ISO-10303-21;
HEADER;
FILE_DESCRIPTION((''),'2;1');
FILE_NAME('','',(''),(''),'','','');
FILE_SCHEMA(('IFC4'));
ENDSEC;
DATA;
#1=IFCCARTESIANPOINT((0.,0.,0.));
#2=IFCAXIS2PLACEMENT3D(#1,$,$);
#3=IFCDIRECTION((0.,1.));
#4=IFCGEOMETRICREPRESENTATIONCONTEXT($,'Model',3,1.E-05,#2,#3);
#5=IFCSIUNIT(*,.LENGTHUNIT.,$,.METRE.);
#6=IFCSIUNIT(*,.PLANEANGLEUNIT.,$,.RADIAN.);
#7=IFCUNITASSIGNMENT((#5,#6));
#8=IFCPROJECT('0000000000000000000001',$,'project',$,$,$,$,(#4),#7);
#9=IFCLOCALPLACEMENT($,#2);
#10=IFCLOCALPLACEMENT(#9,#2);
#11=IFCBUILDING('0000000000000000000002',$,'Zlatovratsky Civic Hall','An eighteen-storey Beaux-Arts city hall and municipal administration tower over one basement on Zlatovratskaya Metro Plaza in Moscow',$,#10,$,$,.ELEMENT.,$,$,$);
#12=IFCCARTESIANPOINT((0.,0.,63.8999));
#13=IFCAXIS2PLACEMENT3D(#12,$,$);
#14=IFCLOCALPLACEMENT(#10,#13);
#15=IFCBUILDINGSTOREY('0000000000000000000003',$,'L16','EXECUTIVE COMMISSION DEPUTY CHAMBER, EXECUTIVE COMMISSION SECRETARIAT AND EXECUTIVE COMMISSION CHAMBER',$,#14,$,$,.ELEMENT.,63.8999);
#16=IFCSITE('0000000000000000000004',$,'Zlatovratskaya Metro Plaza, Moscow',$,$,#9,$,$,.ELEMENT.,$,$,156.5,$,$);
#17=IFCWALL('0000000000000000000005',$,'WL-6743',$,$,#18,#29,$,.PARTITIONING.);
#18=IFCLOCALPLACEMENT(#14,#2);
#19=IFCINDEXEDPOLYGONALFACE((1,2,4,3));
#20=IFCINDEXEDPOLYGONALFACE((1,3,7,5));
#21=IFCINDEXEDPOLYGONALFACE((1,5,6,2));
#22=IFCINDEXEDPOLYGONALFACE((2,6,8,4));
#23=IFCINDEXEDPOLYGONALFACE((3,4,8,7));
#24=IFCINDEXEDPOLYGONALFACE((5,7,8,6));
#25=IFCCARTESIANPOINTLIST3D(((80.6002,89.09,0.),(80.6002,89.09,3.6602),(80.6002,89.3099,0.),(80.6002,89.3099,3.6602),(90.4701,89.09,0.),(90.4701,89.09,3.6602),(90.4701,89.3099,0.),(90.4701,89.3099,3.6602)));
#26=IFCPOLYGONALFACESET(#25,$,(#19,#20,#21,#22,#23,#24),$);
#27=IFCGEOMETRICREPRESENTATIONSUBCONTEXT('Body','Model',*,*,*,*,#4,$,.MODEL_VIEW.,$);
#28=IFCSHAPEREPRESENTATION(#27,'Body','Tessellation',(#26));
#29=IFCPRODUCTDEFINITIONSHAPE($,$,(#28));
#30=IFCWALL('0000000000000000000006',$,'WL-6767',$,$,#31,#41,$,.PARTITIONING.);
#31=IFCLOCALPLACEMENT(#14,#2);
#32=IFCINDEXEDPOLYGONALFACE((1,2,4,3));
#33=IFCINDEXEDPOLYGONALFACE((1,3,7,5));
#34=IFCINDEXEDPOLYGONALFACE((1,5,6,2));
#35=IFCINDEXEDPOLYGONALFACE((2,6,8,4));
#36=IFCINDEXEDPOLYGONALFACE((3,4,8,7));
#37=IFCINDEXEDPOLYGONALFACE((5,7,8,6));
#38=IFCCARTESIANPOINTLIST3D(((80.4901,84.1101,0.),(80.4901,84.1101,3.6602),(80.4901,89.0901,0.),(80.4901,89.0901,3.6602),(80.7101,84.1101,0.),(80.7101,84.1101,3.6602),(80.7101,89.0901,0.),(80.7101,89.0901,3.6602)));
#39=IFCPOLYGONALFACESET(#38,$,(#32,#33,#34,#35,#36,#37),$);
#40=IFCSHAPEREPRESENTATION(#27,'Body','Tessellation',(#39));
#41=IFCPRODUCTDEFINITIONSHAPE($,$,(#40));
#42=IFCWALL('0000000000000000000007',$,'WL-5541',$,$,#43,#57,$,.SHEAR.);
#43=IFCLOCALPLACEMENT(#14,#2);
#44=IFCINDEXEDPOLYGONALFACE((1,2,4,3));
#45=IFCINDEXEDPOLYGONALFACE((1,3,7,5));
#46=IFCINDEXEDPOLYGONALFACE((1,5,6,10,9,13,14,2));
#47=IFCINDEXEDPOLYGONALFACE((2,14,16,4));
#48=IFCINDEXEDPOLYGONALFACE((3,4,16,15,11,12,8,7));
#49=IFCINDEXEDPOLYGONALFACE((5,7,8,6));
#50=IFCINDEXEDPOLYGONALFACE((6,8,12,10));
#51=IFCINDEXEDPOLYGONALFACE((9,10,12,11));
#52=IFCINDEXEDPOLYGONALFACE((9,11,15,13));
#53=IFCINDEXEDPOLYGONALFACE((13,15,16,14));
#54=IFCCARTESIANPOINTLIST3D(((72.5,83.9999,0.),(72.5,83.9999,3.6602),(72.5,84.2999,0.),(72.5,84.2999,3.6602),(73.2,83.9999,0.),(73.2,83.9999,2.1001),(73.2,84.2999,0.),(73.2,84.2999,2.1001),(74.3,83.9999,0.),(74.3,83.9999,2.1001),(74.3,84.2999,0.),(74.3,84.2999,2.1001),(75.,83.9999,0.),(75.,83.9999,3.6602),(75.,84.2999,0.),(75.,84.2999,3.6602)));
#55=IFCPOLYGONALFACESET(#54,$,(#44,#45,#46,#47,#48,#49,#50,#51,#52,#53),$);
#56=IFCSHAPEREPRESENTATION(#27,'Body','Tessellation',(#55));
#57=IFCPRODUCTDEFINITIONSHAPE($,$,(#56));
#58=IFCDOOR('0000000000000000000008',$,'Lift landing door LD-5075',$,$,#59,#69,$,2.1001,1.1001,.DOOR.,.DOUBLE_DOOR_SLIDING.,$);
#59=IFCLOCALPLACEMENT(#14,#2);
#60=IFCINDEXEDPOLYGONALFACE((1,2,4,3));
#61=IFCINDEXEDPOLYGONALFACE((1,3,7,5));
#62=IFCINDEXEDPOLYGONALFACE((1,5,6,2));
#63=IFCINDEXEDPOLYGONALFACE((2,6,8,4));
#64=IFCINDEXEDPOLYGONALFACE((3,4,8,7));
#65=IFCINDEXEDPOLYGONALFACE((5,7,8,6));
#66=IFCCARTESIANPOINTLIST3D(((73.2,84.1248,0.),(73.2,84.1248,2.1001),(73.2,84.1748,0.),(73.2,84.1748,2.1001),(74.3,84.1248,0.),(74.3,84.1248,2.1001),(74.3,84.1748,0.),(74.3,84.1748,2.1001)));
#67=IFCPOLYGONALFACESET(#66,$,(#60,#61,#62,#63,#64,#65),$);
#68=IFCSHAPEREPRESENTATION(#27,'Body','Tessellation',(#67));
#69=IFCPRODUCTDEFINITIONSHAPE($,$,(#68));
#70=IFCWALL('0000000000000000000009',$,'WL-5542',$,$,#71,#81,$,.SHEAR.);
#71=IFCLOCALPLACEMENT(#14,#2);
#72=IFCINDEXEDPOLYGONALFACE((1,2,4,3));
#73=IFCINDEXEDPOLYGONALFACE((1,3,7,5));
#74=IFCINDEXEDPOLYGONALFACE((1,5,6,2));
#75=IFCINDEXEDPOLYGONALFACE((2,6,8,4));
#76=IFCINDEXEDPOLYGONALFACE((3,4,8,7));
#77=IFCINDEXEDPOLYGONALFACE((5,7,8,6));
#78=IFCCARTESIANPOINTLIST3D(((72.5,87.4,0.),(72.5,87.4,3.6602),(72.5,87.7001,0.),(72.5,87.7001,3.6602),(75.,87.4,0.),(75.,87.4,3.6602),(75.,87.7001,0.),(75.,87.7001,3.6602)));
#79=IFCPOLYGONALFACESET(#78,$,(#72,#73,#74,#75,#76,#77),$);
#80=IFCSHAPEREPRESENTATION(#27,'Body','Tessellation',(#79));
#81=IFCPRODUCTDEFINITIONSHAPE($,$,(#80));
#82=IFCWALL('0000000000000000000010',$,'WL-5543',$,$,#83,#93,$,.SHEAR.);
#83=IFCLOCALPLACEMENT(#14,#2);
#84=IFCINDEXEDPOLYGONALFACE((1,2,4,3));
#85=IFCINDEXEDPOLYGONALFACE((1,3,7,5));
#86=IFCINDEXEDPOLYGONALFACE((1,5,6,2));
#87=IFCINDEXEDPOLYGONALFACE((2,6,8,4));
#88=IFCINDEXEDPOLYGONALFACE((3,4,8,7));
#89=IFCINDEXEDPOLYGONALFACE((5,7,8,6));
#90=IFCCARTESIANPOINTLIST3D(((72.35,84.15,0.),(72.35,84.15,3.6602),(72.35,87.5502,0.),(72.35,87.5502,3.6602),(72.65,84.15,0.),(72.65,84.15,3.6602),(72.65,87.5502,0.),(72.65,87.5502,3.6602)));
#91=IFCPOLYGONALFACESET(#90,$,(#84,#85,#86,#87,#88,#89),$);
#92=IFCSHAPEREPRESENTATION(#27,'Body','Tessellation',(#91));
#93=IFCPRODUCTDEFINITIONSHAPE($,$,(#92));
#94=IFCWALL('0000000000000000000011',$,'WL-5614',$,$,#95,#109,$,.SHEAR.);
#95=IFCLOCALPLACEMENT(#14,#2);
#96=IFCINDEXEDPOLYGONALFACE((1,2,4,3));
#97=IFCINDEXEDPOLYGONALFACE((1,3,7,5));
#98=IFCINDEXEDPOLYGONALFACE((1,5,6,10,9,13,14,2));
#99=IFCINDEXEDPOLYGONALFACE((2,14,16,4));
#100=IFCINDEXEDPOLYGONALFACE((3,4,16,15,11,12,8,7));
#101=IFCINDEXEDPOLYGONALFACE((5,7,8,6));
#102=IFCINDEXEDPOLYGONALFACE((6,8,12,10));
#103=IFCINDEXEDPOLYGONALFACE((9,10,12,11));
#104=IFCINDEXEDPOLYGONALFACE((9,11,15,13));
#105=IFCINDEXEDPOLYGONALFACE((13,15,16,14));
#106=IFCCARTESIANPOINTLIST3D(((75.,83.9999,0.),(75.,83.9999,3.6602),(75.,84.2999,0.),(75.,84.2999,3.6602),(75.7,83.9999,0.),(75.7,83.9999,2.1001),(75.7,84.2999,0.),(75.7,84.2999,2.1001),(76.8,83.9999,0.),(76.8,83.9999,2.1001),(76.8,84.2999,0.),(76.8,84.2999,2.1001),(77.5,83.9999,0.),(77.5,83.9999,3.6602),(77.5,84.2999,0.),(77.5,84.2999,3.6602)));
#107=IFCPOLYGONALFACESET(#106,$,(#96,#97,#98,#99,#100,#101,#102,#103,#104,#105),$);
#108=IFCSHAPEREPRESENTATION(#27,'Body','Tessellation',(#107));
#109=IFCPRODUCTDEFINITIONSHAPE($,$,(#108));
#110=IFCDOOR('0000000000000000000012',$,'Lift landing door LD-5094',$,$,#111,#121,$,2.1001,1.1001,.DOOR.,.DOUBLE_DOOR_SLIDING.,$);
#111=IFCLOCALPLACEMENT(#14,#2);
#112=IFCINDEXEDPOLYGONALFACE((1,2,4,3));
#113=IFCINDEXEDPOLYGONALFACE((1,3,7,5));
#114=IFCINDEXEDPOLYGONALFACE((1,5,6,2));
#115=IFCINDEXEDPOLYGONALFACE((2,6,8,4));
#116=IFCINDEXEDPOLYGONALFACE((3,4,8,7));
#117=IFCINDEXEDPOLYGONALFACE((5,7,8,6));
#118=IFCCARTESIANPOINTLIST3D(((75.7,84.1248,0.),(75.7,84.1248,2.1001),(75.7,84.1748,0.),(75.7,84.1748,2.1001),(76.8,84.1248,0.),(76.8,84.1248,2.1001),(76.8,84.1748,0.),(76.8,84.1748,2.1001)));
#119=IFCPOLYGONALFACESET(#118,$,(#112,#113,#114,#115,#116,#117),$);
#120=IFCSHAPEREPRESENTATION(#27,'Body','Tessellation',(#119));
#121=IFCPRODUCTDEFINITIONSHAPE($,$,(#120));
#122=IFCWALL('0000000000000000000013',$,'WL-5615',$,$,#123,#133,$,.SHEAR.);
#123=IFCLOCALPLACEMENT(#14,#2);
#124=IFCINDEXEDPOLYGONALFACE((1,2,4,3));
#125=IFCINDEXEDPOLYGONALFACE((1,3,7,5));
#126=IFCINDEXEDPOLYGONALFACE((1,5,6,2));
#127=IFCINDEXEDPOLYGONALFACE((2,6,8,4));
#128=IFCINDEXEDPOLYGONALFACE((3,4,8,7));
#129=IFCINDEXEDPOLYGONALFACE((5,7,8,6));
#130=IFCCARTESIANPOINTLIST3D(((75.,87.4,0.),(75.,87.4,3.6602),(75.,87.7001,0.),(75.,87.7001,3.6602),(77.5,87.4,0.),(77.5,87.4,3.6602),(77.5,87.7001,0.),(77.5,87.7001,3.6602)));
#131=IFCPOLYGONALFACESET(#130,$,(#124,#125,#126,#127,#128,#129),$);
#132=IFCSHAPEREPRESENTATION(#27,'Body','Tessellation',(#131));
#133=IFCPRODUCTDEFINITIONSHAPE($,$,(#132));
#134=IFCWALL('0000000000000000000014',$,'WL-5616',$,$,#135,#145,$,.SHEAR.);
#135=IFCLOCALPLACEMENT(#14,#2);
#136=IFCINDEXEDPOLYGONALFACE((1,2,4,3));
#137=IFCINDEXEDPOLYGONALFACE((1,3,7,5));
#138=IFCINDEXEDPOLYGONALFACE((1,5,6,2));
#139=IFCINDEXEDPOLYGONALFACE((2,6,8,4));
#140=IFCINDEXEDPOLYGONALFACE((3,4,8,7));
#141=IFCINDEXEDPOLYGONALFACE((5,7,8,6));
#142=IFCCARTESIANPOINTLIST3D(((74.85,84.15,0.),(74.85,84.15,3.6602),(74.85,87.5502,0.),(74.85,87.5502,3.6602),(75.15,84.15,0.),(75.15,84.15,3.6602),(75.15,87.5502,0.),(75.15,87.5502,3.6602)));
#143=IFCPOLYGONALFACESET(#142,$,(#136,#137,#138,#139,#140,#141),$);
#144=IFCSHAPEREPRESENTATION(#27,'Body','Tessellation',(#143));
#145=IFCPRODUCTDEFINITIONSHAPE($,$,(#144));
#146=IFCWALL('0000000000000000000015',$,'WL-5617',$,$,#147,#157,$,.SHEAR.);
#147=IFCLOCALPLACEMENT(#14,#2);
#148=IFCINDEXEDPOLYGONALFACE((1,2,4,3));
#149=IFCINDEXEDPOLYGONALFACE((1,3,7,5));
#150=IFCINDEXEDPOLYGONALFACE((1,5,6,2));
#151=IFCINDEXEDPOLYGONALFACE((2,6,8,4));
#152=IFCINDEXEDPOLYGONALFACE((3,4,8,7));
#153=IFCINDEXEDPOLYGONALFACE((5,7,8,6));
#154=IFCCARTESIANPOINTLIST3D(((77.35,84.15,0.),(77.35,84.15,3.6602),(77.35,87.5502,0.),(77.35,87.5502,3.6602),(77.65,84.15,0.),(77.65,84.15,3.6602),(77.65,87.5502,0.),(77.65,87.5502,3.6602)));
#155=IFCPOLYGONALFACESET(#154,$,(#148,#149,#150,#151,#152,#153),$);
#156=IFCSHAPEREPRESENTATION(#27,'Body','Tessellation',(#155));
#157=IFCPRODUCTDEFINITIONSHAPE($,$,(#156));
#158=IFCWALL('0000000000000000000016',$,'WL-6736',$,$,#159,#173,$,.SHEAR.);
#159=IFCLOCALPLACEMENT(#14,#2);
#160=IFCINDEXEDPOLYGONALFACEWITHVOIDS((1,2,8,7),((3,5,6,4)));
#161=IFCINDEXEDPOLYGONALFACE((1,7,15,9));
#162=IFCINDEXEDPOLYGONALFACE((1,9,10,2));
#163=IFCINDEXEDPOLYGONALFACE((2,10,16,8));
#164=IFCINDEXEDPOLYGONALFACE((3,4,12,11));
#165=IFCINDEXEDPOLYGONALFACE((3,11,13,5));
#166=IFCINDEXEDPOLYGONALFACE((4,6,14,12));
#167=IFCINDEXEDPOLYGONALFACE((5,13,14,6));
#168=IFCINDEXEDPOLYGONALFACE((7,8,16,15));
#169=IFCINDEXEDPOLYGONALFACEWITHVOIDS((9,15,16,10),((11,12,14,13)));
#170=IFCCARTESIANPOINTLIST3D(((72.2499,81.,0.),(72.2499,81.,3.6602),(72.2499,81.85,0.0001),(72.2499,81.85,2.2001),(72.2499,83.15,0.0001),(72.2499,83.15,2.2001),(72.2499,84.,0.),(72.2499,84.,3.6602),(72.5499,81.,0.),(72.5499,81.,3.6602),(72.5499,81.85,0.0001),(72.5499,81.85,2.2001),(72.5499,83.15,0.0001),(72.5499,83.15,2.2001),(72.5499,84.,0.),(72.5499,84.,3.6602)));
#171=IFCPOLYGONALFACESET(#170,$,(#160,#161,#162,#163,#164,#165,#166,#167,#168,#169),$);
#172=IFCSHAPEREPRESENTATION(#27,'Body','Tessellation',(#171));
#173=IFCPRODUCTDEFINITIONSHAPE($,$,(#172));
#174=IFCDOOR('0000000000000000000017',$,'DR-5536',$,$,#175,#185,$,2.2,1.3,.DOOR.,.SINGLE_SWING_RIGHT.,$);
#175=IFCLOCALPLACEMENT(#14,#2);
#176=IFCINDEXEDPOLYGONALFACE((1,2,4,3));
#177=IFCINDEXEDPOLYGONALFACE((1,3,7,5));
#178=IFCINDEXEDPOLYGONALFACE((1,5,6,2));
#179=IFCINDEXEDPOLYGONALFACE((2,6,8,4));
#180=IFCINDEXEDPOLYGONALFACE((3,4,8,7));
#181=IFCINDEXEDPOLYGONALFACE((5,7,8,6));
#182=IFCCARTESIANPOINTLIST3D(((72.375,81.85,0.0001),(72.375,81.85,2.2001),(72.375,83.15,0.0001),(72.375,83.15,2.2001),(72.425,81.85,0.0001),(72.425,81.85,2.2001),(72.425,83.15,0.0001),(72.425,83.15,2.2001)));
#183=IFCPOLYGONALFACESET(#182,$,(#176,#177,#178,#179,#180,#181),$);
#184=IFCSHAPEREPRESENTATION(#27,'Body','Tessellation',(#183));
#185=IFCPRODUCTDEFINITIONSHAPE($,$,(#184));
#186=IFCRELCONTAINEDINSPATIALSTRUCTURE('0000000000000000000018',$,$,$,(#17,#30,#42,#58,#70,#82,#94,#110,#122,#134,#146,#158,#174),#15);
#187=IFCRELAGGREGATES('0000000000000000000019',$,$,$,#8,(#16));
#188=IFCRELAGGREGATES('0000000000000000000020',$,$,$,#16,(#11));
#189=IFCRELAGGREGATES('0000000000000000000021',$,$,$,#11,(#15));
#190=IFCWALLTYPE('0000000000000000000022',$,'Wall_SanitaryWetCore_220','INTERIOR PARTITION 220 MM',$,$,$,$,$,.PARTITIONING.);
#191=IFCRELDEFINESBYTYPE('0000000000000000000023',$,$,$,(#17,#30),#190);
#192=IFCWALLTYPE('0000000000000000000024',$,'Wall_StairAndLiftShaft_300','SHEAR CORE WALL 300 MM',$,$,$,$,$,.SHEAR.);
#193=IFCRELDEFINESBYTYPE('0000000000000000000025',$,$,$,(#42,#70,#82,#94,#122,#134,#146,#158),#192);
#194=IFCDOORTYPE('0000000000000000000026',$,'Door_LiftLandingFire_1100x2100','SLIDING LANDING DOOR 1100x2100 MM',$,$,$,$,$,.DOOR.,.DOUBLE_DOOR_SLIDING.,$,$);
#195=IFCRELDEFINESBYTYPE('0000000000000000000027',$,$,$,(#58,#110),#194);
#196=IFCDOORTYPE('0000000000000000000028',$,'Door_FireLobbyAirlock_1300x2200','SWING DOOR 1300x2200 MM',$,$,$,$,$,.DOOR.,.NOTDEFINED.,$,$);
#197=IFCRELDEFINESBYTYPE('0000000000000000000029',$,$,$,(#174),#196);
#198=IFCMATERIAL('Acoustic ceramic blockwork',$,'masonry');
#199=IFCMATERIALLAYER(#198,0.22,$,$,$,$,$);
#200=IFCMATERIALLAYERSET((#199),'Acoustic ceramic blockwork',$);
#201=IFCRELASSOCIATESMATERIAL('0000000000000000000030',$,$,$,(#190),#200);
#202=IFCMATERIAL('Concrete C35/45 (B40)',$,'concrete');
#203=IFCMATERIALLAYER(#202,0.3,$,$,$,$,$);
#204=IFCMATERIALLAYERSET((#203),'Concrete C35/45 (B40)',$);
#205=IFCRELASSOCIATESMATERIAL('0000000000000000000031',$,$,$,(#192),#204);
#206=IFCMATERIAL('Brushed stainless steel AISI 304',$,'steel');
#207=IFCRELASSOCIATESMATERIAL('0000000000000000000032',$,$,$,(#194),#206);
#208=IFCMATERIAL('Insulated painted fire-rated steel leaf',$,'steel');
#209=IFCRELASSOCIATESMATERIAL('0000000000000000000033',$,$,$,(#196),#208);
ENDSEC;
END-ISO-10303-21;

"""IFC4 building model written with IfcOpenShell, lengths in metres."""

from ifc_helpers import new_model, si_unit, direction, frame, frame_2d, origin, place, context, subcontext, project, spatial, rectangle, extrude, material, layer, layer_set, type_object, element, fill, save


model = new_model("IFC4")

# Units and contexts
model_context = context("Model", 3, precision=1e-05, world=origin(), true_north=direction((0.0, 1.0)))
body_context = subcontext(model_context, "Body", "Model", "MODEL_VIEW")
ifc_project = project(units=[si_unit("LENGTHUNIT", "METRE"), si_unit("PLANEANGLEUNIT", "RADIAN")], contexts=[model_context])

# Site, building, storey
site_placement = place(None, origin())
site = spatial("IfcSite", under=ifc_project, at=site_placement, Name="Zlatovratskaya Metro Plaza, Moscow", CompositionType="ELEMENT", RefElevation=156.5)
building_placement = place(site_placement, origin())
building = spatial("IfcBuilding", under=site, at=building_placement, Name="Zlatovratsky Civic Hall", Description="An eighteen-storey Beaux-Arts city hall and municipal administration tower over one basement on Zlatovratskaya Metro Plaza in Moscow", CompositionType="ELEMENT")
storey_placement = place(building_placement, frame((0.0, 0.0, 63.8999)))
storey = spatial("IfcBuildingStorey", under=building, at=storey_placement, Name="L16", Description="EXECUTIVE COMMISSION DEPUTY CHAMBER, EXECUTIVE COMMISSION SECRETARIAT AND EXECUTIVE COMMISSION CHAMBER", CompositionType="ELEMENT", Elevation=63.8999)

# Shared definitions
ifc_material_1 = material(Name="Concrete C35/45 (B40)", Category="concrete")

# Shared definitions
ifc_material_2 = material(Name="Acoustic ceramic blockwork", Category="masonry")

# Shared definitions
ifc_layer_1 = layer(ifc_material_2, 0.22)
ifc_layer_set_1 = layer_set([ifc_layer_1], Name="Acoustic ceramic blockwork")
wall_type_1 = type_object("IfcWallType", Name="Wall_SanitaryWetCore_220", Description="INTERIOR PARTITION 220 MM", PredefinedType="PARTITIONING", material=ifc_layer_set_1)

# Walls
wall_1_placement = place(storey_placement, frame((80.6001, 89.2, 0.0), z_axis=(0.0, 0.0, 1.0), x_axis=(1.0, 0.0, 0.0)))
element("IfcWall", 1, at=wall_1_placement, inside=storey, type_object=wall_type_1, Name="WL-6743", PredefinedType="PARTITIONING", context=body_context, shape_type="SweptSolid", body=[
    extrude(rectangle(XDim=9.8699, YDim=0.22, at=frame_2d((4.9351, 0.0))), origin(), (0.0, 0.0, 1.0), 3.6602),
])
wall_2_placement = place(storey_placement, frame((80.6001, 84.1101, 0.0), z_axis=(0.0, 0.0, 1.0), x_axis=(0.0, 1.0, 0.0)))
element("IfcWall", 2, at=wall_2_placement, inside=storey, type_object=wall_type_1, Name="WL-6767", PredefinedType="PARTITIONING", context=body_context, shape_type="SweptSolid", body=[
    extrude(rectangle(XDim=4.98, YDim=0.22, at=frame_2d((2.49, 0.0))), origin(), (0.0, 0.0, 1.0), 3.6602),
])

# Wall, opening, door
ifc_layer_2 = layer(ifc_material_1, 0.3)
ifc_layer_set_2 = layer_set([ifc_layer_2], Name="Concrete C35/45 (B40)")
wall_type_2 = type_object("IfcWallType", Name="Wall_StairAndLiftShaft_300", Description="SHEAR CORE WALL 300 MM", PredefinedType="SHEAR", material=ifc_layer_set_2)
wall_3_placement = place(storey_placement, frame((72.5, 84.1499, 0.0), z_axis=(0.0, 0.0, 1.0), x_axis=(1.0, 0.0, 0.0)))
wall_3 = element("IfcWall", 3, at=wall_3_placement, inside=storey, type_object=wall_type_2, Name="WL-5541", PredefinedType="SHEAR", context=body_context, shape_type="SweptSolid", body=[
    extrude(rectangle(XDim=2.5, YDim=0.3, at=frame_2d((1.25, 0.0))), origin(), (0.0, 0.0, 1.0), 3.6602),
])
opening_1_placement = place(wall_3_placement, frame((0.7, 0.0, 0.0)))
opening_1 = element("IfcOpeningElement", 4, at=opening_1_placement, cuts=wall_3, PredefinedType="OPENING", context=body_context, shape_type="SweptSolid", body=[
    extrude(rectangle(XDim=1.1001, YDim=2.1001, at=frame_2d((0.55, 1.05))), frame((0.0, 0.165, 0.0), z_axis=(0.0, -1.0, 0.0), x_axis=(1.0, 0.0, 0.0)), (0.0, 0.0, 1.0), 0.3298),
])
ifc_material_3 = material(Name="Brushed stainless steel AISI 304", Category="steel")
door_type_1 = type_object("IfcDoorType", Name="Door_LiftLandingFire_1100x2100", Description="SLIDING LANDING DOOR 1100x2100 MM", OperationType="DOUBLE_DOOR_SLIDING", PredefinedType="DOOR", material=ifc_material_3)
door_1_placement = place(opening_1_placement, origin())
door_1 = element("IfcDoor", 5, at=door_1_placement, inside=storey, type_object=door_type_1, Name="Lift landing door LD-5075", OperationType="DOUBLE_DOOR_SLIDING", OverallHeight=2.1001, OverallWidth=1.1001, PredefinedType="DOOR", context=body_context, shape_type="SweptSolid", body=[
    extrude(rectangle(XDim=1.1001, YDim=2.1001, at=frame_2d((0.55, 1.05))), frame((0.0, 0.0249, 0.0), z_axis=(0.0, -1.0, 0.0), x_axis=(1.0, 0.0, 0.0)), (0.0, 0.0, 1.0), 0.05),
])
fill(opening_1, door_1)

# Walls
wall_4_placement = place(storey_placement, frame((72.5, 87.55, 0.0), z_axis=(0.0, 0.0, 1.0), x_axis=(1.0, 0.0, 0.0)))
element("IfcWall", 6, at=wall_4_placement, inside=storey, type_object=wall_type_2, Name="WL-5542", PredefinedType="SHEAR", context=body_context, shape_type="SweptSolid", body=[
    extrude(rectangle(XDim=2.5, YDim=0.3, at=frame_2d((1.25, 0.0))), origin(), (0.0, 0.0, 1.0), 3.6602),
])
wall_5_placement = place(storey_placement, frame((72.5, 84.1499, 0.0), z_axis=(0.0, 0.0, 1.0), x_axis=(0.0, 1.0, 0.0)))
element("IfcWall", 7, at=wall_5_placement, inside=storey, type_object=wall_type_2, Name="WL-5543", PredefinedType="SHEAR", context=body_context, shape_type="SweptSolid", body=[
    extrude(rectangle(XDim=3.4001, YDim=0.3, at=frame_2d((1.7002, 0.0))), origin(), (0.0, 0.0, 1.0), 3.6602),
])

# Wall, opening, door
wall_6_placement = place(storey_placement, frame((75.0, 84.1499, 0.0), z_axis=(0.0, 0.0, 1.0), x_axis=(1.0, 0.0, 0.0)))
wall_6 = element("IfcWall", 8, at=wall_6_placement, inside=storey, type_object=wall_type_2, Name="WL-5614", PredefinedType="SHEAR", context=body_context, shape_type="SweptSolid", body=[
    extrude(rectangle(XDim=2.5, YDim=0.3, at=frame_2d((1.25, 0.0))), origin(), (0.0, 0.0, 1.0), 3.6602),
])
opening_2_placement = place(wall_6_placement, frame((0.7, 0.0, 0.0)))
opening_2 = element("IfcOpeningElement", 9, at=opening_2_placement, cuts=wall_6, PredefinedType="OPENING", context=body_context, shape_type="SweptSolid", body=[
    extrude(rectangle(XDim=1.1001, YDim=2.1001, at=frame_2d((0.55, 1.05))), frame((0.0, 0.165, 0.0), z_axis=(0.0, -1.0, 0.0), x_axis=(1.0, 0.0, 0.0)), (0.0, 0.0, 1.0), 0.3298),
])
door_2_placement = place(opening_2_placement, origin())
door_2 = element("IfcDoor", 10, at=door_2_placement, inside=storey, type_object=door_type_1, Name="Lift landing door LD-5094", OperationType="DOUBLE_DOOR_SLIDING", OverallHeight=2.1001, OverallWidth=1.1001, PredefinedType="DOOR", context=body_context, shape_type="SweptSolid", body=[
    extrude(rectangle(XDim=1.1001, YDim=2.1001, at=frame_2d((0.55, 1.05))), frame((0.0, 0.0249, 0.0), z_axis=(0.0, -1.0, 0.0), x_axis=(1.0, 0.0, 0.0)), (0.0, 0.0, 1.0), 0.05),
])
fill(opening_2, door_2)

# Walls
wall_7_placement = place(storey_placement, frame((75.0, 87.55, 0.0), z_axis=(0.0, 0.0, 1.0), x_axis=(1.0, 0.0, 0.0)))
element("IfcWall", 11, at=wall_7_placement, inside=storey, type_object=wall_type_2, Name="WL-5615", PredefinedType="SHEAR", context=body_context, shape_type="SweptSolid", body=[
    extrude(rectangle(XDim=2.5, YDim=0.3, at=frame_2d((1.25, 0.0))), origin(), (0.0, 0.0, 1.0), 3.6602),
])
for number, where, z_axis, x_axis, name in (
    (12, (75.0, 84.1499, 0.0), (0.0, 0.0, 1.0), (0.0, 1.0, 0.0), "WL-5616"),
    (13, (77.5, 84.1499, 0.0), (0.0, 0.0, 1.0), (0.0, 1.0, 0.0), "WL-5617"),
):
    element("IfcWall", number, at=place(storey_placement, frame(where, z_axis=z_axis, x_axis=x_axis)), inside=storey, type_object=wall_type_2, Name=name, PredefinedType="SHEAR", context=body_context, shape_type="SweptSolid", body=[
        extrude(rectangle(XDim=3.4001, YDim=0.3, at=frame_2d((1.7002, 0.0))), origin(), (0.0, 0.0, 1.0), 3.6602),
    ])

# Wall, opening, door
wall_8_placement = place(storey_placement, frame((72.3999, 81.0, 0.0), z_axis=(0.0, 0.0, 1.0), x_axis=(0.0, 1.0, 0.0)))
wall_8 = element("IfcWall", 14, at=wall_8_placement, inside=storey, type_object=wall_type_2, Name="WL-6736", PredefinedType="SHEAR", context=body_context, shape_type="SweptSolid", body=[
    extrude(rectangle(XDim=3.0, YDim=0.3, at=frame_2d((1.5, 0.0))), origin(), (0.0, 0.0, 1.0), 3.6602),
])
opening_3_placement = place(wall_8_placement, frame((0.8501, 0.0, 0.0)))
opening_3 = element("IfcOpeningElement", 15, at=opening_3_placement, cuts=wall_8, PredefinedType="OPENING", context=body_context, shape_type="SweptSolid", body=[
    extrude(rectangle(XDim=1.3, YDim=2.2, at=frame_2d((0.6499, 1.1001))), frame((0.0, 0.165, 0.0), z_axis=(0.0, -1.0, 0.0), x_axis=(1.0, 0.0, 0.0)), (0.0, 0.0, 1.0), 0.3298),
])
ifc_material_4 = material(Name="Insulated painted fire-rated steel leaf", Category="steel")
door_type_2 = type_object("IfcDoorType", Name="Door_FireLobbyAirlock_1300x2200", Description="SWING DOOR 1300x2200 MM", OperationType="NOTDEFINED", PredefinedType="DOOR", material=ifc_material_4)
door_3_placement = place(opening_3_placement, origin())
door_3 = element("IfcDoor", 16, at=door_3_placement, inside=storey, type_object=door_type_2, Name="DR-5536", OperationType="SINGLE_SWING_RIGHT", OverallHeight=2.2, OverallWidth=1.3, PredefinedType="DOOR", context=body_context, shape_type="SweptSolid", body=[
    extrude(rectangle(XDim=1.3, YDim=2.2, at=frame_2d((0.6499, 1.1001))), frame((0.0, 0.0249, 0.0), z_axis=(0.0, -1.0, 0.0), x_axis=(1.0, 0.0, 0.0)), (0.0, 0.0, 1.0), 0.05),
])
fill(opening_3, door_3)

save(model, "model.ifc")
